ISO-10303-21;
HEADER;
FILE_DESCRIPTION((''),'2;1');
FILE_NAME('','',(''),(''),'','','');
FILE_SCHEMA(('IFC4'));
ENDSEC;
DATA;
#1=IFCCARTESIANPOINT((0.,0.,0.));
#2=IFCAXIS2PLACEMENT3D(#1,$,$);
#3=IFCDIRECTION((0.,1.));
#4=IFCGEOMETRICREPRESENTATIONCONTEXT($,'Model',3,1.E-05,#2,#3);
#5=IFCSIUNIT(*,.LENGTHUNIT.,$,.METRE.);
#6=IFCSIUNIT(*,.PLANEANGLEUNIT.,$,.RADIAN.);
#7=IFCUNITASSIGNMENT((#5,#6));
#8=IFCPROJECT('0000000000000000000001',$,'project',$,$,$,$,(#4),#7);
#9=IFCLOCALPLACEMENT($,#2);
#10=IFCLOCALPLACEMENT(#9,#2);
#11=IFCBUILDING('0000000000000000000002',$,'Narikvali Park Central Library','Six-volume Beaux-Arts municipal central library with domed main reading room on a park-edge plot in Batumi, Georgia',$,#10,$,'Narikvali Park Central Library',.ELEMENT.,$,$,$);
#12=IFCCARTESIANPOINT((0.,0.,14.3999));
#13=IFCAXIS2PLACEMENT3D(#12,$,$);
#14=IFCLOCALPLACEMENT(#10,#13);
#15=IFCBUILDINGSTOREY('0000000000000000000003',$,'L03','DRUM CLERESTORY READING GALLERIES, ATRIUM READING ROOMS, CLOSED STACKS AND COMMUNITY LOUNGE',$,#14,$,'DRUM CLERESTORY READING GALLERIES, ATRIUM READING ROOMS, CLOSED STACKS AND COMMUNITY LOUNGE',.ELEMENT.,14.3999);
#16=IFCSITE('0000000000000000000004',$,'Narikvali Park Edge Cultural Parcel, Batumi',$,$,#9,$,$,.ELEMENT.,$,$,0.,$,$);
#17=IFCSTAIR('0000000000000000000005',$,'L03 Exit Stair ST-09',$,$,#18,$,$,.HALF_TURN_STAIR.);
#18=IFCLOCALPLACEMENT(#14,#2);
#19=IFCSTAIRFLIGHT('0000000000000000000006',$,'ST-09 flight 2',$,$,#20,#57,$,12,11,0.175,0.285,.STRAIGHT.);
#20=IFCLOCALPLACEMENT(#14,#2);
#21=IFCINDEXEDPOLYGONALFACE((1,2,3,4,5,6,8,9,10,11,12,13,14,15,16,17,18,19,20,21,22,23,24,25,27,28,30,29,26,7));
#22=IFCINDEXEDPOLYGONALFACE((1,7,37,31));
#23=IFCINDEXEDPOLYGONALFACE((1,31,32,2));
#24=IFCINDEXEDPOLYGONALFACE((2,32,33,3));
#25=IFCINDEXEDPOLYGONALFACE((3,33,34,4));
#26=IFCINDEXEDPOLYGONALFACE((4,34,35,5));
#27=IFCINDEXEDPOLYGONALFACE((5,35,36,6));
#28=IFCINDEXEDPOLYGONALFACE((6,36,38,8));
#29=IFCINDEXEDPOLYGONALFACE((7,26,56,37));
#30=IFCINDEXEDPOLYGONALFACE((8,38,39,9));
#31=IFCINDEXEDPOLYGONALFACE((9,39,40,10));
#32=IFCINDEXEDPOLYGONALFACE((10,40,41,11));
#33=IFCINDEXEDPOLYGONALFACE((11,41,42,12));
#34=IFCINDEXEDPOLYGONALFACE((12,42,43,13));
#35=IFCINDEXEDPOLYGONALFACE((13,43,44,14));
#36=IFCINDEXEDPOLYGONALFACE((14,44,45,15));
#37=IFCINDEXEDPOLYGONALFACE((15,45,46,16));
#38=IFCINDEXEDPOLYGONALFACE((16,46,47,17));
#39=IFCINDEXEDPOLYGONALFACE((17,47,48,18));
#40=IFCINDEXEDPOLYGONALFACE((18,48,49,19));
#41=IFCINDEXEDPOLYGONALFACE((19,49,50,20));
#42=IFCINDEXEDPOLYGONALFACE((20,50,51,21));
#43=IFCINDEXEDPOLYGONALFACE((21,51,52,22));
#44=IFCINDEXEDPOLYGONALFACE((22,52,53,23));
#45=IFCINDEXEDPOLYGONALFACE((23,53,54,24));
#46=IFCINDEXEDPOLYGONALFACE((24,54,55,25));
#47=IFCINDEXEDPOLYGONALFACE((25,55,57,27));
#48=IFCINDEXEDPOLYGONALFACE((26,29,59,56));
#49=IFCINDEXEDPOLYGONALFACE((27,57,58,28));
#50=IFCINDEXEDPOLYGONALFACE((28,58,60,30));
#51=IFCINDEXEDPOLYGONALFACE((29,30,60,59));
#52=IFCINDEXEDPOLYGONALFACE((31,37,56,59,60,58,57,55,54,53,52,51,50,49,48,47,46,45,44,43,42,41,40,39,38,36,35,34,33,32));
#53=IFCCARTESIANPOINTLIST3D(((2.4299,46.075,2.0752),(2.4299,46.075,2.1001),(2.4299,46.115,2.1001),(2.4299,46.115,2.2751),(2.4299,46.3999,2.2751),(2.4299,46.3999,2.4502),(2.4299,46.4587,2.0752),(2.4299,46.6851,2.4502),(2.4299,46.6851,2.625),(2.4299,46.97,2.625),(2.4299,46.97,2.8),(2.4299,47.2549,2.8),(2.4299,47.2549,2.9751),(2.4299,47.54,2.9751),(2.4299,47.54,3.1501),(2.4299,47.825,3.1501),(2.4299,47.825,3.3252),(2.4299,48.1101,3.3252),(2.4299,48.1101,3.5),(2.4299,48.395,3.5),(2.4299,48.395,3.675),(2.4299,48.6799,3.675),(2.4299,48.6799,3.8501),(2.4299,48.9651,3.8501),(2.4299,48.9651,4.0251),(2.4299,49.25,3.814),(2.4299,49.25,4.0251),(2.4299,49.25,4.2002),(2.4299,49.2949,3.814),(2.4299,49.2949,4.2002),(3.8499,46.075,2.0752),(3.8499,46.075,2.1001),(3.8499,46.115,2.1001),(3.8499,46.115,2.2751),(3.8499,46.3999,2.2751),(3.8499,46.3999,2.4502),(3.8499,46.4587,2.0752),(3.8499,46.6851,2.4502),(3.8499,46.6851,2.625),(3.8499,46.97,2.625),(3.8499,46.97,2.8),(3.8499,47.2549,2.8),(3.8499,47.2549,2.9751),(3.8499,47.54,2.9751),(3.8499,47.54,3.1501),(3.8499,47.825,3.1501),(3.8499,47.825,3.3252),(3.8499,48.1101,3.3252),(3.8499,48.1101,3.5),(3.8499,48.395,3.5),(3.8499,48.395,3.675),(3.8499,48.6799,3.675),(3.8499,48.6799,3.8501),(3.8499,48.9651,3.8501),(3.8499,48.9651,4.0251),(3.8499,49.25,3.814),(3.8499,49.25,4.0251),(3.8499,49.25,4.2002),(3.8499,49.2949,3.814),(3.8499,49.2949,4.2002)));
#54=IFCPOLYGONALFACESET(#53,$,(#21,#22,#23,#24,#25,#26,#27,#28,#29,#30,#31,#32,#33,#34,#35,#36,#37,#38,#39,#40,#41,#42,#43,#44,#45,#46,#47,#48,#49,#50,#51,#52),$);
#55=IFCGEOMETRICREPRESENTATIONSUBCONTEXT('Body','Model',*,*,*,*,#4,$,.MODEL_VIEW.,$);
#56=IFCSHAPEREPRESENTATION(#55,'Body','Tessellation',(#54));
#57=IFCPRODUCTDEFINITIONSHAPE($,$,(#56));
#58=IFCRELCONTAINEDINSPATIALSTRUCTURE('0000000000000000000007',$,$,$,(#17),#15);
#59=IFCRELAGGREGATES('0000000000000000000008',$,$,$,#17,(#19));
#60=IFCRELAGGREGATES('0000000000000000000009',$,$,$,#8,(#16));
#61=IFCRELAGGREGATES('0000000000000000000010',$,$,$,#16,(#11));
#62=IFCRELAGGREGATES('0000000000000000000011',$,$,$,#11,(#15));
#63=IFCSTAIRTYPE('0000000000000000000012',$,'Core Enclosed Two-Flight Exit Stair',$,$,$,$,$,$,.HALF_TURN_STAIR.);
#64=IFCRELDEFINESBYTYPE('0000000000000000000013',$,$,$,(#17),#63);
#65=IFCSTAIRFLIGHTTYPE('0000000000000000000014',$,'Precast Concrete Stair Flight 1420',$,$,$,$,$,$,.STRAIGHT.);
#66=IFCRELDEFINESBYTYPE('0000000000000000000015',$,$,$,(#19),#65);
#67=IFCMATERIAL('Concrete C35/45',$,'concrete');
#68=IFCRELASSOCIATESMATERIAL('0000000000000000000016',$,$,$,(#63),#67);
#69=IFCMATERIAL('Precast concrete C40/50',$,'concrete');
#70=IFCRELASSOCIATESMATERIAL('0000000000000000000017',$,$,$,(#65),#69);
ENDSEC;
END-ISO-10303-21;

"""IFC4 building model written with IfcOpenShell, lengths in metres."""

from ifc_helpers import new_model, si_unit, direction, frame, origin, place, context, subcontext, project, spatial, polyline, outline, extrude, material, type_object, element, aggregate, save


model = new_model("IFC4")

# Units and contexts
model_context = context("Model", 3, precision=1e-05, world=origin(), true_north=direction((0.0, 1.0)))
body_context = subcontext(model_context, "Body", "Model", "MODEL_VIEW")
ifc_project = project(units=[si_unit("LENGTHUNIT", "METRE"), si_unit("PLANEANGLEUNIT", "RADIAN")], contexts=[model_context])

# Site, building, storey
site_placement = place(None, origin())
site = spatial("IfcSite", under=ifc_project, at=site_placement, Name="Narikvali Park Edge Cultural Parcel, Batumi", CompositionType="ELEMENT", RefElevation=0.0)
building_placement = place(site_placement, origin())
building = spatial("IfcBuilding", under=site, at=building_placement, Name="Narikvali Park Central Library", Description="Six-volume Beaux-Arts municipal central library with domed main reading room on a park-edge plot in Batumi, Georgia", LongName="Narikvali Park Central Library", CompositionType="ELEMENT")
storey_placement = place(building_placement, frame((0.0, 0.0, 14.3999)))
storey = spatial("IfcBuildingStorey", under=building, at=storey_placement, Name="L03", Description="DRUM CLERESTORY READING GALLERIES, ATRIUM READING ROOMS, CLOSED STACKS AND COMMUNITY LOUNGE", LongName="DRUM CLERESTORY READING GALLERIES, ATRIUM READING ROOMS, CLOSED STACKS AND COMMUNITY LOUNGE", CompositionType="ELEMENT", Elevation=14.3999)

# Stair, stair flight
ifc_material_1 = material(Name="Concrete C35/45", Category="concrete")
stair_type = type_object("IfcStairType", Name="Core Enclosed Two-Flight Exit Stair", PredefinedType="HALF_TURN_STAIR", material=ifc_material_1)
stair_placement = place(storey_placement, origin())
stair = element("IfcStair", 1, at=stair_placement, inside=storey, type_object=stair_type, Name="L03 Exit Stair ST-09", PredefinedType="HALF_TURN_STAIR")
ifc_material_2 = material(Name="Precast concrete C40/50", Category="concrete")
stair_flight_type = type_object("IfcStairFlightType", Name="Precast Concrete Stair Flight 1420", PredefinedType="STRAIGHT", material=ifc_material_2)
stair_flight_placement = place(storey_placement, frame((3.1399, 46.115, 2.1001), z_axis=(0.0, 0.0, 1.0), x_axis=(0.0, 1.0, 0.0)))
stair_flight = element("IfcStairFlight", 2, at=stair_flight_placement, type_object=stair_flight_type, Name="ST-09 flight 2", NumberOfRisers=12, NumberOfTreads=11, PredefinedType="STRAIGHT", RiserHeight=0.175, TreadLength=0.285, context=body_context, shape_type="SweptSolid", body=[
    extrude(outline(polyline([(-0.04, -0.0249), (-0.04, 0.0), (0.0, 0.0), (0.0, 0.175), (0.2849, 0.175), (0.2849, 0.3501), (0.5701, 0.3501), (0.5701, 0.5249), (0.855, 0.5249), (0.855, 0.7), (1.1399, 0.7), (1.1399, 0.875), (1.425, 0.875), (1.425, 1.05), (1.71, 1.05), (1.71, 1.2251), (1.9951, 1.2251), (1.9951, 1.3999), (2.28, 1.3999), (2.28, 1.575), (2.5649, 1.575), (2.5649, 1.75), (2.8501, 1.75), (2.8501, 1.925), (3.135, 1.925), (3.135, 2.1001), (3.1799, 2.1001), (3.1799, 1.7139), (3.135, 1.7139), (0.3438, -0.0249), (-0.04, -0.0249)])), frame((0.0, 0.71, 0.0), z_axis=(0.0, -1.0, 0.0), x_axis=(1.0, 0.0, 0.0)), (0.0, 0.0, 1.0), 1.4199),
])
aggregate(stair, [stair_flight])

save(model, "model.ifc")
